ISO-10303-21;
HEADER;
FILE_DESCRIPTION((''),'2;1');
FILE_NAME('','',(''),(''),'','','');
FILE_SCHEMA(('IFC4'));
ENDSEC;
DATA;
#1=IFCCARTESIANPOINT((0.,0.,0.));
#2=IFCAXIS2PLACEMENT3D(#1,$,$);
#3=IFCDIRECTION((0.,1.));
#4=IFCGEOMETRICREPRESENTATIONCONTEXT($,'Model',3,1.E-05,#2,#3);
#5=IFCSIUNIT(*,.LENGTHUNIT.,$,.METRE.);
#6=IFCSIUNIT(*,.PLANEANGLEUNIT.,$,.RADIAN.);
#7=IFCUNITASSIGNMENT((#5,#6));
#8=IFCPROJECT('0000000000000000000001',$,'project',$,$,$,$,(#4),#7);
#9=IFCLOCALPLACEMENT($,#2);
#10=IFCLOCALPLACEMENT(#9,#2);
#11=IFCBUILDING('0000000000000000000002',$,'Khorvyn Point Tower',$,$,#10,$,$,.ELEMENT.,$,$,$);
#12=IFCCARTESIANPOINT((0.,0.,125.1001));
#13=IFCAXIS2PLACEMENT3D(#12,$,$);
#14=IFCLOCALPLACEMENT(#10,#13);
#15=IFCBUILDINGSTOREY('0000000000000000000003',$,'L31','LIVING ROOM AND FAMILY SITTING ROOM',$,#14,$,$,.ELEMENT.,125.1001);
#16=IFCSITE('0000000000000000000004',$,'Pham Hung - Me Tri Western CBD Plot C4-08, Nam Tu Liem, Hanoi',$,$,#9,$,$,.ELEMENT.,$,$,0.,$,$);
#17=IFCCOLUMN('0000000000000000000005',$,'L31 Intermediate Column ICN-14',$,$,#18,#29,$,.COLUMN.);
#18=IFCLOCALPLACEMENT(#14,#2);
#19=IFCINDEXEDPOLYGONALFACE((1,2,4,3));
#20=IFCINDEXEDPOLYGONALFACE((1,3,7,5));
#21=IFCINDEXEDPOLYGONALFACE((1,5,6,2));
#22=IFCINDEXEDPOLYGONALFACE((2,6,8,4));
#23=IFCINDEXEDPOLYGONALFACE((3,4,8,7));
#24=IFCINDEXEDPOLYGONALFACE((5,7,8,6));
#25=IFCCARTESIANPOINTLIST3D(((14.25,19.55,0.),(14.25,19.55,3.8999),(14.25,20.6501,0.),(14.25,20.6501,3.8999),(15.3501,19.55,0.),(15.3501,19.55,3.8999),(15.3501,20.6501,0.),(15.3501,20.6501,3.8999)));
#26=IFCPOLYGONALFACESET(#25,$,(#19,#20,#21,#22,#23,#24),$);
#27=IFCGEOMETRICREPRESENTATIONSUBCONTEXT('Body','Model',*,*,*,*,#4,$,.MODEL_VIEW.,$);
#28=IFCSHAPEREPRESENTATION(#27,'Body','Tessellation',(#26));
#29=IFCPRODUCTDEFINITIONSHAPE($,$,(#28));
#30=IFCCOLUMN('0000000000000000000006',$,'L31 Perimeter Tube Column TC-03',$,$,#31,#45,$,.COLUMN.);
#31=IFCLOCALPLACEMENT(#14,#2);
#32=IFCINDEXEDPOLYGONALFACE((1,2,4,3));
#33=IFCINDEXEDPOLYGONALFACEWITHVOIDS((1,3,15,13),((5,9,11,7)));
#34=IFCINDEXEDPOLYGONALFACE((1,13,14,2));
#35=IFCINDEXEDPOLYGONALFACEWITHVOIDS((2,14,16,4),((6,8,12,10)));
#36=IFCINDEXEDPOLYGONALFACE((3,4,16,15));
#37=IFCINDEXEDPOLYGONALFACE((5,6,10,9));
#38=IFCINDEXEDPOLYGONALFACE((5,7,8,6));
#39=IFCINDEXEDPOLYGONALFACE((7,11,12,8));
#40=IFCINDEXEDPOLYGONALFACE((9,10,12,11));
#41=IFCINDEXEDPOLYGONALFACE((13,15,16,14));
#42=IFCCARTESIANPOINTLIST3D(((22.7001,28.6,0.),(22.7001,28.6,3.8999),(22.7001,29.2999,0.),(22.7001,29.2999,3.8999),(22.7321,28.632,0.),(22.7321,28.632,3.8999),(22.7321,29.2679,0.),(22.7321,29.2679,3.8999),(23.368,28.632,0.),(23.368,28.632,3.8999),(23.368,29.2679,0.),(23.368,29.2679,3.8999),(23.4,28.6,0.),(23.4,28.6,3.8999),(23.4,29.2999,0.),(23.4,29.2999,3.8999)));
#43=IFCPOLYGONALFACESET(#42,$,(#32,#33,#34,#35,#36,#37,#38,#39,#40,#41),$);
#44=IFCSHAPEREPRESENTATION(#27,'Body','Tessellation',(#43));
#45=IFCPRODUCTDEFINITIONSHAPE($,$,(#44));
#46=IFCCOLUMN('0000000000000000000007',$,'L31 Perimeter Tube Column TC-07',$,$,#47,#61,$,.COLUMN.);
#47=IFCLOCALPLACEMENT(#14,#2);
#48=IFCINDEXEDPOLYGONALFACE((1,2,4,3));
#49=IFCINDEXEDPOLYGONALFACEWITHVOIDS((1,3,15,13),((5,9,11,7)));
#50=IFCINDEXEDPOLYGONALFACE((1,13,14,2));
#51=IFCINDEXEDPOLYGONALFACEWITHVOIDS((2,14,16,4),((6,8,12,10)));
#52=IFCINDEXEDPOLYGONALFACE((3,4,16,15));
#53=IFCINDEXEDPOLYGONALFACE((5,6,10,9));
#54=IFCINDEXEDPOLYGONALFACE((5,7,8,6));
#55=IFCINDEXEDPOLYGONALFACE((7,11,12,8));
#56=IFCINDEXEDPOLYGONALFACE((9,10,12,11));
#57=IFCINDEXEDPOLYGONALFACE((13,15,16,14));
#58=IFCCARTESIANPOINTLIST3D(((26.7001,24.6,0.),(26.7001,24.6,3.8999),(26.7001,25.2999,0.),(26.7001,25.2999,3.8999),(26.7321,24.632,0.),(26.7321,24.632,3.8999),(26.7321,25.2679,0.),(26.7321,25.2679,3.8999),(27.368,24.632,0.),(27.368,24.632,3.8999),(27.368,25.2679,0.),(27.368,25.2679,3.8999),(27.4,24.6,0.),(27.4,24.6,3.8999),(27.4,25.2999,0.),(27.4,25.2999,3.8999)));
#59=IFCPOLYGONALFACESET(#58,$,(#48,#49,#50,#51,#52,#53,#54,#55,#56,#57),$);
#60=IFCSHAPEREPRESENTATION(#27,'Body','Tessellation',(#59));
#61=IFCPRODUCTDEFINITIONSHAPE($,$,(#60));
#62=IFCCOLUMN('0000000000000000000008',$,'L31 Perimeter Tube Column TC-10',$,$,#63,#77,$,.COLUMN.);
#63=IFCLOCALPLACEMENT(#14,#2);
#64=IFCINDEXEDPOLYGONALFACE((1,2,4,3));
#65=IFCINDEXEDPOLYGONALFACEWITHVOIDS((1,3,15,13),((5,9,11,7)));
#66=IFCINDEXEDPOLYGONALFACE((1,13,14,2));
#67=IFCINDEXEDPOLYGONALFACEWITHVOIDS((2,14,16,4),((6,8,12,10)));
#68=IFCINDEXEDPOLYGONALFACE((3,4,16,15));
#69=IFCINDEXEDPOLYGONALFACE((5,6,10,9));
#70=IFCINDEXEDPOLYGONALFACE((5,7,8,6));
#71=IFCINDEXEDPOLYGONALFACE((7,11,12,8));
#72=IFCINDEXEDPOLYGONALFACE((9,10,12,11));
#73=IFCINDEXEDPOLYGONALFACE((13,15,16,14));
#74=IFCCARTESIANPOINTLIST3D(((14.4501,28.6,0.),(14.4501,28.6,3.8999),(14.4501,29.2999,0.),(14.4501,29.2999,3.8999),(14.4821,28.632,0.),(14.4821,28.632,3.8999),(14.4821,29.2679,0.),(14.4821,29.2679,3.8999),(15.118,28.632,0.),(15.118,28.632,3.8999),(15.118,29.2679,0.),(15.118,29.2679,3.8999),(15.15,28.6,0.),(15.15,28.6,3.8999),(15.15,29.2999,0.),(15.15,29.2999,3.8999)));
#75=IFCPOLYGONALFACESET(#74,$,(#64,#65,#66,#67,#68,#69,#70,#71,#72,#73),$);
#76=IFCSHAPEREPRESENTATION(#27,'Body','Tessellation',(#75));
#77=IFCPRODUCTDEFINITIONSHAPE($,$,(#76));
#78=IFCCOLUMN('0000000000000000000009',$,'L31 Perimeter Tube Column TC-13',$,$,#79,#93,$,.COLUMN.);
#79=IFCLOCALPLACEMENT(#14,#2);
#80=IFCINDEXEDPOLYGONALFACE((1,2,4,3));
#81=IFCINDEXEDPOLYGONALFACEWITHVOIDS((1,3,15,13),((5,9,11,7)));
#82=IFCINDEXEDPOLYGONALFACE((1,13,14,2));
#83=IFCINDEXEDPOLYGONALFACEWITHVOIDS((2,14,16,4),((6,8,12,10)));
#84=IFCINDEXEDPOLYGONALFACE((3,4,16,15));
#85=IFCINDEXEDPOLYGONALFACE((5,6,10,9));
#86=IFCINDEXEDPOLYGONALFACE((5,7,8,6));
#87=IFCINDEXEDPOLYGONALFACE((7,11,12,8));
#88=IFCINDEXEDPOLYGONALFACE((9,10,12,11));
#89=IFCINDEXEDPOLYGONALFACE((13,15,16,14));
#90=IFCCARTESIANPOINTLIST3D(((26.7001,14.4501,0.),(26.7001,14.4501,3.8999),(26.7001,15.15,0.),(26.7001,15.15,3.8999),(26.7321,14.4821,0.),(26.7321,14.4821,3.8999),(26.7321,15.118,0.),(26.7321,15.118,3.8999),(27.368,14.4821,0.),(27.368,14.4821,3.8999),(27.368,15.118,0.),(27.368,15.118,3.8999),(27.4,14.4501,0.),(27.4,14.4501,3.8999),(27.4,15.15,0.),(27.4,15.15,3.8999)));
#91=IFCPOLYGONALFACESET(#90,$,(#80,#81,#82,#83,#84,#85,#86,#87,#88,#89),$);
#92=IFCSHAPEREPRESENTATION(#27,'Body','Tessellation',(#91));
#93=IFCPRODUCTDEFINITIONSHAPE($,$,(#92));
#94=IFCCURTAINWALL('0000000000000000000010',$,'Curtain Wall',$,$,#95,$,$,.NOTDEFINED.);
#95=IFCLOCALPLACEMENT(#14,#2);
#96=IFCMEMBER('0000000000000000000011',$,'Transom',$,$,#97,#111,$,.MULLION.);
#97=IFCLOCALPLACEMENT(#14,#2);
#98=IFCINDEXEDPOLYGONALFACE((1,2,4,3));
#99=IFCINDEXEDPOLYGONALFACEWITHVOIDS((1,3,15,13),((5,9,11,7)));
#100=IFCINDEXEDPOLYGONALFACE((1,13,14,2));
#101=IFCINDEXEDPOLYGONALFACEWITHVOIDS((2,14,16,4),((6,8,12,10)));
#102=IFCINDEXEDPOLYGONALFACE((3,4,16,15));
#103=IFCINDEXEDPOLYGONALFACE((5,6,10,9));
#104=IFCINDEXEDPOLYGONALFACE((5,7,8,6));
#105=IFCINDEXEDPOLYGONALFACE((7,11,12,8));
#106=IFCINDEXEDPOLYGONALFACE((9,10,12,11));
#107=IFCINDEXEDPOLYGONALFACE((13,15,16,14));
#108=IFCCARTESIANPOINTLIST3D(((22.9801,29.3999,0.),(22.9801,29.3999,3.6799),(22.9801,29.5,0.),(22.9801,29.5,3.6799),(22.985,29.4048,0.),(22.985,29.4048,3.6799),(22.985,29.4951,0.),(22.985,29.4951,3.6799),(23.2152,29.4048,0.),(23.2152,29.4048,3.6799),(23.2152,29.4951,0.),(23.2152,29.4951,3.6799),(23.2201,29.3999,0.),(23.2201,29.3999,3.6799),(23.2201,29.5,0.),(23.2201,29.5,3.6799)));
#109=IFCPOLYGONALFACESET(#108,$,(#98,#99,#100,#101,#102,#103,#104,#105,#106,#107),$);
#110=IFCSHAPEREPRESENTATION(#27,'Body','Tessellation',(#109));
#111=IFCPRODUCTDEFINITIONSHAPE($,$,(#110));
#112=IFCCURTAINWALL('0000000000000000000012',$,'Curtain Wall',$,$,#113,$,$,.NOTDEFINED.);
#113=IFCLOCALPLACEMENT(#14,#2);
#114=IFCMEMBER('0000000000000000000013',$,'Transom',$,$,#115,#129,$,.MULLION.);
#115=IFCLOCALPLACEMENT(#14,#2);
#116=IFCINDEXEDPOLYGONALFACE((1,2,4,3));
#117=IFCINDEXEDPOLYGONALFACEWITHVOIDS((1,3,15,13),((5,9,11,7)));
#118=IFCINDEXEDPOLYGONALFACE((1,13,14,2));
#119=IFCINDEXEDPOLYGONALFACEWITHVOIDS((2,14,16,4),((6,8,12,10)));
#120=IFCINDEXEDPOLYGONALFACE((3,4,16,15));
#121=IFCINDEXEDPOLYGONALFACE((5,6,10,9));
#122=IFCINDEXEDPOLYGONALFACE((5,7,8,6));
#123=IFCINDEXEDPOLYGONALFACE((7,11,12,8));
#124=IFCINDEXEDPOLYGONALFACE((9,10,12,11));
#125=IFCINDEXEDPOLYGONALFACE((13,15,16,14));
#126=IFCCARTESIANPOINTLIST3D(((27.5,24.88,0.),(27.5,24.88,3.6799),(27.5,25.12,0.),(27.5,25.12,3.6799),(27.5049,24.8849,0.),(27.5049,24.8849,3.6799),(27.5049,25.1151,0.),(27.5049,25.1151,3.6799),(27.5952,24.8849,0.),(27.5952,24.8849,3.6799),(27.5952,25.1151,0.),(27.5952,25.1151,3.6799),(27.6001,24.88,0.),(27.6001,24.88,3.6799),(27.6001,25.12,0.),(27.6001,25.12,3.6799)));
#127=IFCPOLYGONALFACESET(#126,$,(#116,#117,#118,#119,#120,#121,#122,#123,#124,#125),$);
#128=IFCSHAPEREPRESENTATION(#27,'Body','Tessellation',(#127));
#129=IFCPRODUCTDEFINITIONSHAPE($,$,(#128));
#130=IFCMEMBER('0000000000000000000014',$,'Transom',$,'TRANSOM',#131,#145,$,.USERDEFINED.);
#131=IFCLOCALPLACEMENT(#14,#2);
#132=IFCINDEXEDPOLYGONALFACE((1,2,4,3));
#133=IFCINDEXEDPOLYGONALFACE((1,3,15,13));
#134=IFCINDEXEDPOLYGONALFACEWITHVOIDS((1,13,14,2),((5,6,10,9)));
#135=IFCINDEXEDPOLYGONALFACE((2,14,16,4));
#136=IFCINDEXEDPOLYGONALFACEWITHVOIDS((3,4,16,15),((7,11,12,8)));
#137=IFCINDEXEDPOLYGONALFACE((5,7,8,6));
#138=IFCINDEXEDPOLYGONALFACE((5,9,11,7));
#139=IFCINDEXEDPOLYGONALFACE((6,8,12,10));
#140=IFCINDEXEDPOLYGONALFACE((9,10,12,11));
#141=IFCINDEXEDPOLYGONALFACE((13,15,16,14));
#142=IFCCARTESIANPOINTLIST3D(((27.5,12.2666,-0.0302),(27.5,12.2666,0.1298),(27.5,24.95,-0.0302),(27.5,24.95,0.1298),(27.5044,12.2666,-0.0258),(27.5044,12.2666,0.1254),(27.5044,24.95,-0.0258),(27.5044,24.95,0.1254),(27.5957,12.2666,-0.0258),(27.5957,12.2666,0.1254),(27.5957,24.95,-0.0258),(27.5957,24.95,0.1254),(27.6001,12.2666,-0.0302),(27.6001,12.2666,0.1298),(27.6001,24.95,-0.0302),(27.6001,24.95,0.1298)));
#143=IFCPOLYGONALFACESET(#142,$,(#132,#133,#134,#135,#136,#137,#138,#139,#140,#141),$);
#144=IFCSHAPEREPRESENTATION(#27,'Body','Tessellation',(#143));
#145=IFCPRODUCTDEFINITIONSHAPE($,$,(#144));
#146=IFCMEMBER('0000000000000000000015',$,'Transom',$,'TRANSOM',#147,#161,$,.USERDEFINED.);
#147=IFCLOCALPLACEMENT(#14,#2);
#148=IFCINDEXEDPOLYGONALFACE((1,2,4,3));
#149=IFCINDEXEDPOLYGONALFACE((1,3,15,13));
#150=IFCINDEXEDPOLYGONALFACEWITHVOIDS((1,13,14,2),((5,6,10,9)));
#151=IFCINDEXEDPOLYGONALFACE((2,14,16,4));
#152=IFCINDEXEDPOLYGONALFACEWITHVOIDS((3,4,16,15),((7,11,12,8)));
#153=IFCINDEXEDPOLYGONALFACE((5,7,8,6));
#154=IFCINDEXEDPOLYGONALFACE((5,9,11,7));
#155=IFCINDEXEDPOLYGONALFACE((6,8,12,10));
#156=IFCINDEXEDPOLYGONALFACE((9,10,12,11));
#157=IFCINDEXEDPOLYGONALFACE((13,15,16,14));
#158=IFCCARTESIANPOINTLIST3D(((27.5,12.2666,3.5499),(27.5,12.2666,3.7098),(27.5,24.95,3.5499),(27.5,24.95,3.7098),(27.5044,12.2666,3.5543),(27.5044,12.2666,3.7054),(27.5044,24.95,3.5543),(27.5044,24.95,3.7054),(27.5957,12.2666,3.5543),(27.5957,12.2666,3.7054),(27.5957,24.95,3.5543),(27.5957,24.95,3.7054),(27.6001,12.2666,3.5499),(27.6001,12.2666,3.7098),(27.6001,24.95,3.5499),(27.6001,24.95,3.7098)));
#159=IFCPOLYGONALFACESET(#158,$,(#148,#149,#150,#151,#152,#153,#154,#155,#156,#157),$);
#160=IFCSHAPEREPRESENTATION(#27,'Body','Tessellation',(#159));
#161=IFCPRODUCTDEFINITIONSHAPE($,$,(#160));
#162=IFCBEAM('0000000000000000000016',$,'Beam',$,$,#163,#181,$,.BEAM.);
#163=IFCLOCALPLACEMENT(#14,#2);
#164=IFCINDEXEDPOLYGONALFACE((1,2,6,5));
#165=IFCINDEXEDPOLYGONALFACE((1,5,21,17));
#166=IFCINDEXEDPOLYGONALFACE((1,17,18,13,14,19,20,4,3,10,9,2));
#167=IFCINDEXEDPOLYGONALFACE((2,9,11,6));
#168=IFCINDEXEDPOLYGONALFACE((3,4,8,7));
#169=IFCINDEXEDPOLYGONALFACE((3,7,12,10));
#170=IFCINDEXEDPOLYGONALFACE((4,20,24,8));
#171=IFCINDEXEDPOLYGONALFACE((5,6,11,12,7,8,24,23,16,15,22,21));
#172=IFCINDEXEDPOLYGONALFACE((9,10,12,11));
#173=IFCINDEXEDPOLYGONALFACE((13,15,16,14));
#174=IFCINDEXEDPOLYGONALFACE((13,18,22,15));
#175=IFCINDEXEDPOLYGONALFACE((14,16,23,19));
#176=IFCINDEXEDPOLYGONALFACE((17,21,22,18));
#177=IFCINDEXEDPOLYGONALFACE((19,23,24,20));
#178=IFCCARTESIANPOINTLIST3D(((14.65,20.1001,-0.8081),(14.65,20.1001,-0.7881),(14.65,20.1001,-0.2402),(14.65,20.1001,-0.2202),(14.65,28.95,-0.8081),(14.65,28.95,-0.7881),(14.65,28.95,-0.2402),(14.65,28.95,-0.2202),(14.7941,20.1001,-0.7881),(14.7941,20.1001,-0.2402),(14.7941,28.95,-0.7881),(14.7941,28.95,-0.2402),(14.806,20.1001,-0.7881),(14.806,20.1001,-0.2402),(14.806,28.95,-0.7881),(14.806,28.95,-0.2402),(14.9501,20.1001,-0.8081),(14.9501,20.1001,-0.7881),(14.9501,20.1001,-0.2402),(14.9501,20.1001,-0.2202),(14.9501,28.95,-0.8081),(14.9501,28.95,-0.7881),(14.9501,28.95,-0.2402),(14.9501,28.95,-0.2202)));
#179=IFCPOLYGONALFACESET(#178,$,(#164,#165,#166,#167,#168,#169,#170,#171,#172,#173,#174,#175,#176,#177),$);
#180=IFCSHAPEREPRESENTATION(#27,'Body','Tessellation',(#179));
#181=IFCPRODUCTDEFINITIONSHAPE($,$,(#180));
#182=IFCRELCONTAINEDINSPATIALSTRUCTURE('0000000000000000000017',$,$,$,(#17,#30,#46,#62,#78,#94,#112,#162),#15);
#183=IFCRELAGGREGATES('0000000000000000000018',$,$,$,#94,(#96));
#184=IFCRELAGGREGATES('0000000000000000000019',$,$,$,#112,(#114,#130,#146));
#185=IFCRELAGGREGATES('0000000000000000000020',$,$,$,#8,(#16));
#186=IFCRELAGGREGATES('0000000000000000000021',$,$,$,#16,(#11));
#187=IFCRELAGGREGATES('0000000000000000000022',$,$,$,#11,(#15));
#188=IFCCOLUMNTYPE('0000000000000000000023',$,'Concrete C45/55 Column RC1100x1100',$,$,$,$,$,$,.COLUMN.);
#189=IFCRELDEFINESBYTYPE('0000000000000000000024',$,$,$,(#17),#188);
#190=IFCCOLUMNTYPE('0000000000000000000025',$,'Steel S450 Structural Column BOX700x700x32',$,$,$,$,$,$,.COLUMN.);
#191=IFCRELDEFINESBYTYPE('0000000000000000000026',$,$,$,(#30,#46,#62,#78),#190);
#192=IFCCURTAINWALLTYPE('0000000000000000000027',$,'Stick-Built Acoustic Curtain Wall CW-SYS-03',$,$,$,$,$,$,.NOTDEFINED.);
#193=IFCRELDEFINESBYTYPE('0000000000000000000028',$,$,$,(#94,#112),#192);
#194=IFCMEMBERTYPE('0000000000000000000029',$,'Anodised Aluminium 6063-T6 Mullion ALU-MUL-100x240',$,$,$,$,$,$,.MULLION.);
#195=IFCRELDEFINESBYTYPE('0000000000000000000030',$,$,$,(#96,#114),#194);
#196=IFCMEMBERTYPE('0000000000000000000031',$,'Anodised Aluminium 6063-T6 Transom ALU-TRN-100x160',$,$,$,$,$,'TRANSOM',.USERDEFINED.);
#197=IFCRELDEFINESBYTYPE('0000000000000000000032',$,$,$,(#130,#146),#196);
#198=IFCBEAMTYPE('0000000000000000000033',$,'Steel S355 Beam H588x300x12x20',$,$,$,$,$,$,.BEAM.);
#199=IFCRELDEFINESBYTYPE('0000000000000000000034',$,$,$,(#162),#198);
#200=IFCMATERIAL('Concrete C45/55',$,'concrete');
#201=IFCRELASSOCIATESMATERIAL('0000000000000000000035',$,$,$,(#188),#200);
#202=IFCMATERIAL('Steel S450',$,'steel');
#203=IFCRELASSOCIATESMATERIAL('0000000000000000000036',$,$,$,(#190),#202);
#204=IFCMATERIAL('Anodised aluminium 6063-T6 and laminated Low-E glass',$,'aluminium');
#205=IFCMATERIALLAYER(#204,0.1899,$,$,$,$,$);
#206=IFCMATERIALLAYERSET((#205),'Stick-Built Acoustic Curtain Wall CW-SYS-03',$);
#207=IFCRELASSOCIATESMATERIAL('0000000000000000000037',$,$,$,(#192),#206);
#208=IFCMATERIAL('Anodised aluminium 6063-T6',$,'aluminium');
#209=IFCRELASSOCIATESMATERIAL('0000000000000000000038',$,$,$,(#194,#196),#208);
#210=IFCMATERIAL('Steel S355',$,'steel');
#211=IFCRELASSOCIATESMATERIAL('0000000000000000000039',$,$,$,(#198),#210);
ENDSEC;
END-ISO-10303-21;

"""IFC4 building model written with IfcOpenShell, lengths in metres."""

from ifc_helpers import new_model, si_unit, direction, frame, origin, origin_2d, place, context, subcontext, project, spatial, rectangle, hollow_rectangle, i_section, extrude, material, layer, layer_set, material_profile, profile_set, type_object, element, aggregate, save


model = new_model("IFC4")

# Units and contexts
model_context = context("Model", 3, precision=1e-05, world=origin(), true_north=direction((0.0, 1.0)))
body_context = subcontext(model_context, "Body", "Model", "MODEL_VIEW")
ifc_project = project(units=[si_unit("LENGTHUNIT", "METRE"), si_unit("PLANEANGLEUNIT", "RADIAN")], contexts=[model_context])

# Site, building, storey
site_placement = place(None, origin())
site = spatial("IfcSite", under=ifc_project, at=site_placement, Name="Pham Hung - Me Tri Western CBD Plot C4-08, Nam Tu Liem, Hanoi", CompositionType="ELEMENT", RefElevation=0.0)
building_placement = place(site_placement, origin())
building = spatial("IfcBuilding", under=site, at=building_placement, Name="Khorvyn Point Tower", CompositionType="ELEMENT")
storey_placement = place(building_placement, frame((0.0, 0.0, 125.1001)))
storey = spatial("IfcBuildingStorey", under=building, at=storey_placement, Name="L31", Description="LIVING ROOM AND FAMILY SITTING ROOM", CompositionType="ELEMENT", Elevation=125.1001)

# Columns
ifc_material_1 = material(Name="Concrete C45/55", Category="concrete")
ifc_material_profile_1 = material_profile(ifc_material_1, rectangle(XDim=1.1001, YDim=1.1001, at=origin_2d()))
ifc_profile_set_1 = profile_set([ifc_material_profile_1], Name="Concrete C45/55 RC1100x1100")
column_type_1 = type_object("IfcColumnType", Name="Concrete C45/55 Column RC1100x1100", PredefinedType="COLUMN", material=ifc_profile_set_1)
column_placement = place(storey_placement, frame((14.8, 20.1001, 0.0), z_axis=(0.0, 0.0, 1.0), x_axis=(1.0, 0.0, 0.0)))
element("IfcColumn", 1, at=column_placement, inside=storey, type_object=column_type_1, Name="L31 Intermediate Column ICN-14", PredefinedType="COLUMN", context=body_context, shape_type="SweptSolid", body=[
    extrude(rectangle(XDim=1.1001, YDim=1.1001, at=origin_2d()), origin(), (0.0, 0.0, 1.0), 3.8999),
])
ifc_material_2 = material(Name="Steel S450", Category="steel")
ifc_material_profile_2 = material_profile(ifc_material_2, hollow_rectangle(XDim=0.7, YDim=0.7, WallThickness=0.032, at=origin_2d()))
ifc_profile_set_2 = profile_set([ifc_material_profile_2], Name="Steel S450 BOX700x700x32")
column_type_2 = type_object("IfcColumnType", Name="Steel S450 Structural Column BOX700x700x32", PredefinedType="COLUMN", material=ifc_profile_set_2)
for number, where, z_axis, x_axis, name in (
    (2, (23.05, 28.95, 0.0), (0.0, 0.0, 1.0), (1.0, 0.0, 0.0), "L31 Perimeter Tube Column TC-03"),
    (3, (27.05, 24.95, 0.0), (0.0, 0.0, 1.0), (1.0, 0.0, 0.0), "L31 Perimeter Tube Column TC-07"),
    (4, (14.8, 28.95, 0.0), (0.0, 0.0, 1.0), (1.0, 0.0, 0.0), "L31 Perimeter Tube Column TC-10"),
    (5, (27.05, 14.8, 0.0), (0.0, 0.0, 1.0), (1.0, 0.0, 0.0), "L31 Perimeter Tube Column TC-13"),
):
    element("IfcColumn", number, at=place(storey_placement, frame(where, z_axis=z_axis, x_axis=x_axis)), inside=storey, type_object=column_type_2, Name=name, PredefinedType="COLUMN", context=body_context, shape_type="SweptSolid", body=[
        extrude(hollow_rectangle(XDim=0.7, YDim=0.7, WallThickness=0.032, at=origin_2d()), origin(), (0.0, 0.0, 1.0), 3.8999),
    ])

# Curtain wall, member
ifc_material_3 = material(Name="Anodised aluminium 6063-T6 and laminated Low-E glass", Category="aluminium")
ifc_layer_1 = layer(ifc_material_3, 0.1899)
ifc_layer_set_1 = layer_set([ifc_layer_1], Name="Stick-Built Acoustic Curtain Wall CW-SYS-03")
curtain_wall_type = type_object("IfcCurtainWallType", Name="Stick-Built Acoustic Curtain Wall CW-SYS-03", PredefinedType="NOTDEFINED", material=ifc_layer_set_1)
curtain_wall_1_placement = place(storey_placement, origin())
curtain_wall_1 = element("IfcCurtainWall", 6, at=curtain_wall_1_placement, inside=storey, type_object=curtain_wall_type, Name="Curtain Wall", PredefinedType="NOTDEFINED")
ifc_material_4 = material(Name="Anodised aluminium 6063-T6", Category="aluminium")
ifc_material_profile_3 = material_profile(ifc_material_4, hollow_rectangle(XDim=0.1001, YDim=0.24, WallThickness=0.0049, at=origin_2d()))
ifc_profile_set_3 = profile_set([ifc_material_profile_3], Name="Anodised aluminium 6063-T6 ALU-MUL-100x240")
member_type_1 = type_object("IfcMemberType", Name="Anodised Aluminium 6063-T6 Mullion ALU-MUL-100x240", PredefinedType="MULLION", material=ifc_profile_set_3)
member_1_placement = place(storey_placement, frame((23.1001, 29.45, 0.0), z_axis=(0.0, 0.0, 1.0), x_axis=(0.0, 1.0, 0.0)))
member_1 = element("IfcMember", 7, at=member_1_placement, type_object=member_type_1, Name="Transom", PredefinedType="MULLION", context=body_context, shape_type="SweptSolid", body=[
    extrude(hollow_rectangle(XDim=0.1001, YDim=0.24, WallThickness=0.0049, at=origin_2d()), origin(), (0.0, 0.0, 1.0), 3.6799),
])

# Curtain wall, members
curtain_wall_2_placement = place(storey_placement, origin())
curtain_wall_2 = element("IfcCurtainWall", 8, at=curtain_wall_2_placement, inside=storey, type_object=curtain_wall_type, Name="Curtain Wall", PredefinedType="NOTDEFINED")
member_2_placement = place(storey_placement, frame((27.55, 25.0, 0.0), z_axis=(0.0, 0.0, 1.0), x_axis=(1.0, 0.0, 0.0)))
member_2 = element("IfcMember", 9, at=member_2_placement, type_object=member_type_1, Name="Transom", PredefinedType="MULLION", context=body_context, shape_type="SweptSolid", body=[
    extrude(hollow_rectangle(XDim=0.1001, YDim=0.24, WallThickness=0.0049, at=origin_2d()), origin(), (0.0, 0.0, 1.0), 3.6799),
])
ifc_material_profile_4 = material_profile(ifc_material_4, hollow_rectangle(XDim=0.1001, YDim=0.1599, WallThickness=0.0044, at=origin_2d()))
ifc_profile_set_4 = profile_set([ifc_material_profile_4], Name="Anodised aluminium 6063-T6 ALU-TRN-100x160")
member_type_2 = type_object("IfcMemberType", Name="Anodised Aluminium 6063-T6 Transom ALU-TRN-100x160", ElementType="TRANSOM", PredefinedType="USERDEFINED", material=ifc_profile_set_4)
member_3_placement = place(storey_placement, frame((27.55, 24.95, 0.0498), z_axis=(0.0, -1.0, 0.0), x_axis=(1.0, 0.0, 0.0)))
member_3 = element("IfcMember", 10, at=member_3_placement, type_object=member_type_2, Name="Transom", ObjectType="TRANSOM", PredefinedType="USERDEFINED", context=body_context, shape_type="SweptSolid", body=[
    extrude(hollow_rectangle(XDim=0.1001, YDim=0.1599, WallThickness=0.0044, at=origin_2d()), origin(), (0.0, 0.0, 1.0), 12.6833),
])
member_4_placement = place(storey_placement, frame((27.55, 24.95, 3.6299), z_axis=(0.0, -1.0, 0.0), x_axis=(1.0, 0.0, 0.0)))
member_4 = element("IfcMember", 11, at=member_4_placement, type_object=member_type_2, Name="Transom", ObjectType="TRANSOM", PredefinedType="USERDEFINED", context=body_context, shape_type="SweptSolid", body=[
    extrude(hollow_rectangle(XDim=0.1001, YDim=0.1599, WallThickness=0.0044, at=origin_2d()), origin(), (0.0, 0.0, 1.0), 12.6833),
])

# Beam
ifc_material_5 = material(Name="Steel S355", Category="steel")
ifc_material_profile_5 = material_profile(ifc_material_5, i_section(OverallWidth=0.3, OverallDepth=0.5879, WebThickness=0.012, FlangeThickness=0.02, at=origin_2d()))
ifc_profile_set_5 = profile_set([ifc_material_profile_5], Name="Steel S355 H588x300x12x20")
beam_type_1 = type_object("IfcBeamType", Name="Steel S355 Beam H588x300x12x20", PredefinedType="BEAM", material=ifc_profile_set_5)
beam_1_placement = place(storey_placement, frame((14.8, 20.1001, -0.5142), z_axis=(0.0, 1.0, 0.0), x_axis=(-1.0, 0.0, 0.0)))
element("IfcBeam", 12, at=beam_1_placement, inside=storey, type_object=beam_type_1, Name="Beam", PredefinedType="BEAM", context=body_context, shape_type="SweptSolid", body=[
    extrude(i_section(OverallWidth=0.3, OverallDepth=0.5879, WebThickness=0.012, FlangeThickness=0.02, at=origin_2d()), origin(), (0.0, 0.0, 1.0), 8.8499),
])

aggregate(curtain_wall_1, [member_1])
aggregate(curtain_wall_2, [member_2, member_3, member_4])

save(model, "model.ifc")
